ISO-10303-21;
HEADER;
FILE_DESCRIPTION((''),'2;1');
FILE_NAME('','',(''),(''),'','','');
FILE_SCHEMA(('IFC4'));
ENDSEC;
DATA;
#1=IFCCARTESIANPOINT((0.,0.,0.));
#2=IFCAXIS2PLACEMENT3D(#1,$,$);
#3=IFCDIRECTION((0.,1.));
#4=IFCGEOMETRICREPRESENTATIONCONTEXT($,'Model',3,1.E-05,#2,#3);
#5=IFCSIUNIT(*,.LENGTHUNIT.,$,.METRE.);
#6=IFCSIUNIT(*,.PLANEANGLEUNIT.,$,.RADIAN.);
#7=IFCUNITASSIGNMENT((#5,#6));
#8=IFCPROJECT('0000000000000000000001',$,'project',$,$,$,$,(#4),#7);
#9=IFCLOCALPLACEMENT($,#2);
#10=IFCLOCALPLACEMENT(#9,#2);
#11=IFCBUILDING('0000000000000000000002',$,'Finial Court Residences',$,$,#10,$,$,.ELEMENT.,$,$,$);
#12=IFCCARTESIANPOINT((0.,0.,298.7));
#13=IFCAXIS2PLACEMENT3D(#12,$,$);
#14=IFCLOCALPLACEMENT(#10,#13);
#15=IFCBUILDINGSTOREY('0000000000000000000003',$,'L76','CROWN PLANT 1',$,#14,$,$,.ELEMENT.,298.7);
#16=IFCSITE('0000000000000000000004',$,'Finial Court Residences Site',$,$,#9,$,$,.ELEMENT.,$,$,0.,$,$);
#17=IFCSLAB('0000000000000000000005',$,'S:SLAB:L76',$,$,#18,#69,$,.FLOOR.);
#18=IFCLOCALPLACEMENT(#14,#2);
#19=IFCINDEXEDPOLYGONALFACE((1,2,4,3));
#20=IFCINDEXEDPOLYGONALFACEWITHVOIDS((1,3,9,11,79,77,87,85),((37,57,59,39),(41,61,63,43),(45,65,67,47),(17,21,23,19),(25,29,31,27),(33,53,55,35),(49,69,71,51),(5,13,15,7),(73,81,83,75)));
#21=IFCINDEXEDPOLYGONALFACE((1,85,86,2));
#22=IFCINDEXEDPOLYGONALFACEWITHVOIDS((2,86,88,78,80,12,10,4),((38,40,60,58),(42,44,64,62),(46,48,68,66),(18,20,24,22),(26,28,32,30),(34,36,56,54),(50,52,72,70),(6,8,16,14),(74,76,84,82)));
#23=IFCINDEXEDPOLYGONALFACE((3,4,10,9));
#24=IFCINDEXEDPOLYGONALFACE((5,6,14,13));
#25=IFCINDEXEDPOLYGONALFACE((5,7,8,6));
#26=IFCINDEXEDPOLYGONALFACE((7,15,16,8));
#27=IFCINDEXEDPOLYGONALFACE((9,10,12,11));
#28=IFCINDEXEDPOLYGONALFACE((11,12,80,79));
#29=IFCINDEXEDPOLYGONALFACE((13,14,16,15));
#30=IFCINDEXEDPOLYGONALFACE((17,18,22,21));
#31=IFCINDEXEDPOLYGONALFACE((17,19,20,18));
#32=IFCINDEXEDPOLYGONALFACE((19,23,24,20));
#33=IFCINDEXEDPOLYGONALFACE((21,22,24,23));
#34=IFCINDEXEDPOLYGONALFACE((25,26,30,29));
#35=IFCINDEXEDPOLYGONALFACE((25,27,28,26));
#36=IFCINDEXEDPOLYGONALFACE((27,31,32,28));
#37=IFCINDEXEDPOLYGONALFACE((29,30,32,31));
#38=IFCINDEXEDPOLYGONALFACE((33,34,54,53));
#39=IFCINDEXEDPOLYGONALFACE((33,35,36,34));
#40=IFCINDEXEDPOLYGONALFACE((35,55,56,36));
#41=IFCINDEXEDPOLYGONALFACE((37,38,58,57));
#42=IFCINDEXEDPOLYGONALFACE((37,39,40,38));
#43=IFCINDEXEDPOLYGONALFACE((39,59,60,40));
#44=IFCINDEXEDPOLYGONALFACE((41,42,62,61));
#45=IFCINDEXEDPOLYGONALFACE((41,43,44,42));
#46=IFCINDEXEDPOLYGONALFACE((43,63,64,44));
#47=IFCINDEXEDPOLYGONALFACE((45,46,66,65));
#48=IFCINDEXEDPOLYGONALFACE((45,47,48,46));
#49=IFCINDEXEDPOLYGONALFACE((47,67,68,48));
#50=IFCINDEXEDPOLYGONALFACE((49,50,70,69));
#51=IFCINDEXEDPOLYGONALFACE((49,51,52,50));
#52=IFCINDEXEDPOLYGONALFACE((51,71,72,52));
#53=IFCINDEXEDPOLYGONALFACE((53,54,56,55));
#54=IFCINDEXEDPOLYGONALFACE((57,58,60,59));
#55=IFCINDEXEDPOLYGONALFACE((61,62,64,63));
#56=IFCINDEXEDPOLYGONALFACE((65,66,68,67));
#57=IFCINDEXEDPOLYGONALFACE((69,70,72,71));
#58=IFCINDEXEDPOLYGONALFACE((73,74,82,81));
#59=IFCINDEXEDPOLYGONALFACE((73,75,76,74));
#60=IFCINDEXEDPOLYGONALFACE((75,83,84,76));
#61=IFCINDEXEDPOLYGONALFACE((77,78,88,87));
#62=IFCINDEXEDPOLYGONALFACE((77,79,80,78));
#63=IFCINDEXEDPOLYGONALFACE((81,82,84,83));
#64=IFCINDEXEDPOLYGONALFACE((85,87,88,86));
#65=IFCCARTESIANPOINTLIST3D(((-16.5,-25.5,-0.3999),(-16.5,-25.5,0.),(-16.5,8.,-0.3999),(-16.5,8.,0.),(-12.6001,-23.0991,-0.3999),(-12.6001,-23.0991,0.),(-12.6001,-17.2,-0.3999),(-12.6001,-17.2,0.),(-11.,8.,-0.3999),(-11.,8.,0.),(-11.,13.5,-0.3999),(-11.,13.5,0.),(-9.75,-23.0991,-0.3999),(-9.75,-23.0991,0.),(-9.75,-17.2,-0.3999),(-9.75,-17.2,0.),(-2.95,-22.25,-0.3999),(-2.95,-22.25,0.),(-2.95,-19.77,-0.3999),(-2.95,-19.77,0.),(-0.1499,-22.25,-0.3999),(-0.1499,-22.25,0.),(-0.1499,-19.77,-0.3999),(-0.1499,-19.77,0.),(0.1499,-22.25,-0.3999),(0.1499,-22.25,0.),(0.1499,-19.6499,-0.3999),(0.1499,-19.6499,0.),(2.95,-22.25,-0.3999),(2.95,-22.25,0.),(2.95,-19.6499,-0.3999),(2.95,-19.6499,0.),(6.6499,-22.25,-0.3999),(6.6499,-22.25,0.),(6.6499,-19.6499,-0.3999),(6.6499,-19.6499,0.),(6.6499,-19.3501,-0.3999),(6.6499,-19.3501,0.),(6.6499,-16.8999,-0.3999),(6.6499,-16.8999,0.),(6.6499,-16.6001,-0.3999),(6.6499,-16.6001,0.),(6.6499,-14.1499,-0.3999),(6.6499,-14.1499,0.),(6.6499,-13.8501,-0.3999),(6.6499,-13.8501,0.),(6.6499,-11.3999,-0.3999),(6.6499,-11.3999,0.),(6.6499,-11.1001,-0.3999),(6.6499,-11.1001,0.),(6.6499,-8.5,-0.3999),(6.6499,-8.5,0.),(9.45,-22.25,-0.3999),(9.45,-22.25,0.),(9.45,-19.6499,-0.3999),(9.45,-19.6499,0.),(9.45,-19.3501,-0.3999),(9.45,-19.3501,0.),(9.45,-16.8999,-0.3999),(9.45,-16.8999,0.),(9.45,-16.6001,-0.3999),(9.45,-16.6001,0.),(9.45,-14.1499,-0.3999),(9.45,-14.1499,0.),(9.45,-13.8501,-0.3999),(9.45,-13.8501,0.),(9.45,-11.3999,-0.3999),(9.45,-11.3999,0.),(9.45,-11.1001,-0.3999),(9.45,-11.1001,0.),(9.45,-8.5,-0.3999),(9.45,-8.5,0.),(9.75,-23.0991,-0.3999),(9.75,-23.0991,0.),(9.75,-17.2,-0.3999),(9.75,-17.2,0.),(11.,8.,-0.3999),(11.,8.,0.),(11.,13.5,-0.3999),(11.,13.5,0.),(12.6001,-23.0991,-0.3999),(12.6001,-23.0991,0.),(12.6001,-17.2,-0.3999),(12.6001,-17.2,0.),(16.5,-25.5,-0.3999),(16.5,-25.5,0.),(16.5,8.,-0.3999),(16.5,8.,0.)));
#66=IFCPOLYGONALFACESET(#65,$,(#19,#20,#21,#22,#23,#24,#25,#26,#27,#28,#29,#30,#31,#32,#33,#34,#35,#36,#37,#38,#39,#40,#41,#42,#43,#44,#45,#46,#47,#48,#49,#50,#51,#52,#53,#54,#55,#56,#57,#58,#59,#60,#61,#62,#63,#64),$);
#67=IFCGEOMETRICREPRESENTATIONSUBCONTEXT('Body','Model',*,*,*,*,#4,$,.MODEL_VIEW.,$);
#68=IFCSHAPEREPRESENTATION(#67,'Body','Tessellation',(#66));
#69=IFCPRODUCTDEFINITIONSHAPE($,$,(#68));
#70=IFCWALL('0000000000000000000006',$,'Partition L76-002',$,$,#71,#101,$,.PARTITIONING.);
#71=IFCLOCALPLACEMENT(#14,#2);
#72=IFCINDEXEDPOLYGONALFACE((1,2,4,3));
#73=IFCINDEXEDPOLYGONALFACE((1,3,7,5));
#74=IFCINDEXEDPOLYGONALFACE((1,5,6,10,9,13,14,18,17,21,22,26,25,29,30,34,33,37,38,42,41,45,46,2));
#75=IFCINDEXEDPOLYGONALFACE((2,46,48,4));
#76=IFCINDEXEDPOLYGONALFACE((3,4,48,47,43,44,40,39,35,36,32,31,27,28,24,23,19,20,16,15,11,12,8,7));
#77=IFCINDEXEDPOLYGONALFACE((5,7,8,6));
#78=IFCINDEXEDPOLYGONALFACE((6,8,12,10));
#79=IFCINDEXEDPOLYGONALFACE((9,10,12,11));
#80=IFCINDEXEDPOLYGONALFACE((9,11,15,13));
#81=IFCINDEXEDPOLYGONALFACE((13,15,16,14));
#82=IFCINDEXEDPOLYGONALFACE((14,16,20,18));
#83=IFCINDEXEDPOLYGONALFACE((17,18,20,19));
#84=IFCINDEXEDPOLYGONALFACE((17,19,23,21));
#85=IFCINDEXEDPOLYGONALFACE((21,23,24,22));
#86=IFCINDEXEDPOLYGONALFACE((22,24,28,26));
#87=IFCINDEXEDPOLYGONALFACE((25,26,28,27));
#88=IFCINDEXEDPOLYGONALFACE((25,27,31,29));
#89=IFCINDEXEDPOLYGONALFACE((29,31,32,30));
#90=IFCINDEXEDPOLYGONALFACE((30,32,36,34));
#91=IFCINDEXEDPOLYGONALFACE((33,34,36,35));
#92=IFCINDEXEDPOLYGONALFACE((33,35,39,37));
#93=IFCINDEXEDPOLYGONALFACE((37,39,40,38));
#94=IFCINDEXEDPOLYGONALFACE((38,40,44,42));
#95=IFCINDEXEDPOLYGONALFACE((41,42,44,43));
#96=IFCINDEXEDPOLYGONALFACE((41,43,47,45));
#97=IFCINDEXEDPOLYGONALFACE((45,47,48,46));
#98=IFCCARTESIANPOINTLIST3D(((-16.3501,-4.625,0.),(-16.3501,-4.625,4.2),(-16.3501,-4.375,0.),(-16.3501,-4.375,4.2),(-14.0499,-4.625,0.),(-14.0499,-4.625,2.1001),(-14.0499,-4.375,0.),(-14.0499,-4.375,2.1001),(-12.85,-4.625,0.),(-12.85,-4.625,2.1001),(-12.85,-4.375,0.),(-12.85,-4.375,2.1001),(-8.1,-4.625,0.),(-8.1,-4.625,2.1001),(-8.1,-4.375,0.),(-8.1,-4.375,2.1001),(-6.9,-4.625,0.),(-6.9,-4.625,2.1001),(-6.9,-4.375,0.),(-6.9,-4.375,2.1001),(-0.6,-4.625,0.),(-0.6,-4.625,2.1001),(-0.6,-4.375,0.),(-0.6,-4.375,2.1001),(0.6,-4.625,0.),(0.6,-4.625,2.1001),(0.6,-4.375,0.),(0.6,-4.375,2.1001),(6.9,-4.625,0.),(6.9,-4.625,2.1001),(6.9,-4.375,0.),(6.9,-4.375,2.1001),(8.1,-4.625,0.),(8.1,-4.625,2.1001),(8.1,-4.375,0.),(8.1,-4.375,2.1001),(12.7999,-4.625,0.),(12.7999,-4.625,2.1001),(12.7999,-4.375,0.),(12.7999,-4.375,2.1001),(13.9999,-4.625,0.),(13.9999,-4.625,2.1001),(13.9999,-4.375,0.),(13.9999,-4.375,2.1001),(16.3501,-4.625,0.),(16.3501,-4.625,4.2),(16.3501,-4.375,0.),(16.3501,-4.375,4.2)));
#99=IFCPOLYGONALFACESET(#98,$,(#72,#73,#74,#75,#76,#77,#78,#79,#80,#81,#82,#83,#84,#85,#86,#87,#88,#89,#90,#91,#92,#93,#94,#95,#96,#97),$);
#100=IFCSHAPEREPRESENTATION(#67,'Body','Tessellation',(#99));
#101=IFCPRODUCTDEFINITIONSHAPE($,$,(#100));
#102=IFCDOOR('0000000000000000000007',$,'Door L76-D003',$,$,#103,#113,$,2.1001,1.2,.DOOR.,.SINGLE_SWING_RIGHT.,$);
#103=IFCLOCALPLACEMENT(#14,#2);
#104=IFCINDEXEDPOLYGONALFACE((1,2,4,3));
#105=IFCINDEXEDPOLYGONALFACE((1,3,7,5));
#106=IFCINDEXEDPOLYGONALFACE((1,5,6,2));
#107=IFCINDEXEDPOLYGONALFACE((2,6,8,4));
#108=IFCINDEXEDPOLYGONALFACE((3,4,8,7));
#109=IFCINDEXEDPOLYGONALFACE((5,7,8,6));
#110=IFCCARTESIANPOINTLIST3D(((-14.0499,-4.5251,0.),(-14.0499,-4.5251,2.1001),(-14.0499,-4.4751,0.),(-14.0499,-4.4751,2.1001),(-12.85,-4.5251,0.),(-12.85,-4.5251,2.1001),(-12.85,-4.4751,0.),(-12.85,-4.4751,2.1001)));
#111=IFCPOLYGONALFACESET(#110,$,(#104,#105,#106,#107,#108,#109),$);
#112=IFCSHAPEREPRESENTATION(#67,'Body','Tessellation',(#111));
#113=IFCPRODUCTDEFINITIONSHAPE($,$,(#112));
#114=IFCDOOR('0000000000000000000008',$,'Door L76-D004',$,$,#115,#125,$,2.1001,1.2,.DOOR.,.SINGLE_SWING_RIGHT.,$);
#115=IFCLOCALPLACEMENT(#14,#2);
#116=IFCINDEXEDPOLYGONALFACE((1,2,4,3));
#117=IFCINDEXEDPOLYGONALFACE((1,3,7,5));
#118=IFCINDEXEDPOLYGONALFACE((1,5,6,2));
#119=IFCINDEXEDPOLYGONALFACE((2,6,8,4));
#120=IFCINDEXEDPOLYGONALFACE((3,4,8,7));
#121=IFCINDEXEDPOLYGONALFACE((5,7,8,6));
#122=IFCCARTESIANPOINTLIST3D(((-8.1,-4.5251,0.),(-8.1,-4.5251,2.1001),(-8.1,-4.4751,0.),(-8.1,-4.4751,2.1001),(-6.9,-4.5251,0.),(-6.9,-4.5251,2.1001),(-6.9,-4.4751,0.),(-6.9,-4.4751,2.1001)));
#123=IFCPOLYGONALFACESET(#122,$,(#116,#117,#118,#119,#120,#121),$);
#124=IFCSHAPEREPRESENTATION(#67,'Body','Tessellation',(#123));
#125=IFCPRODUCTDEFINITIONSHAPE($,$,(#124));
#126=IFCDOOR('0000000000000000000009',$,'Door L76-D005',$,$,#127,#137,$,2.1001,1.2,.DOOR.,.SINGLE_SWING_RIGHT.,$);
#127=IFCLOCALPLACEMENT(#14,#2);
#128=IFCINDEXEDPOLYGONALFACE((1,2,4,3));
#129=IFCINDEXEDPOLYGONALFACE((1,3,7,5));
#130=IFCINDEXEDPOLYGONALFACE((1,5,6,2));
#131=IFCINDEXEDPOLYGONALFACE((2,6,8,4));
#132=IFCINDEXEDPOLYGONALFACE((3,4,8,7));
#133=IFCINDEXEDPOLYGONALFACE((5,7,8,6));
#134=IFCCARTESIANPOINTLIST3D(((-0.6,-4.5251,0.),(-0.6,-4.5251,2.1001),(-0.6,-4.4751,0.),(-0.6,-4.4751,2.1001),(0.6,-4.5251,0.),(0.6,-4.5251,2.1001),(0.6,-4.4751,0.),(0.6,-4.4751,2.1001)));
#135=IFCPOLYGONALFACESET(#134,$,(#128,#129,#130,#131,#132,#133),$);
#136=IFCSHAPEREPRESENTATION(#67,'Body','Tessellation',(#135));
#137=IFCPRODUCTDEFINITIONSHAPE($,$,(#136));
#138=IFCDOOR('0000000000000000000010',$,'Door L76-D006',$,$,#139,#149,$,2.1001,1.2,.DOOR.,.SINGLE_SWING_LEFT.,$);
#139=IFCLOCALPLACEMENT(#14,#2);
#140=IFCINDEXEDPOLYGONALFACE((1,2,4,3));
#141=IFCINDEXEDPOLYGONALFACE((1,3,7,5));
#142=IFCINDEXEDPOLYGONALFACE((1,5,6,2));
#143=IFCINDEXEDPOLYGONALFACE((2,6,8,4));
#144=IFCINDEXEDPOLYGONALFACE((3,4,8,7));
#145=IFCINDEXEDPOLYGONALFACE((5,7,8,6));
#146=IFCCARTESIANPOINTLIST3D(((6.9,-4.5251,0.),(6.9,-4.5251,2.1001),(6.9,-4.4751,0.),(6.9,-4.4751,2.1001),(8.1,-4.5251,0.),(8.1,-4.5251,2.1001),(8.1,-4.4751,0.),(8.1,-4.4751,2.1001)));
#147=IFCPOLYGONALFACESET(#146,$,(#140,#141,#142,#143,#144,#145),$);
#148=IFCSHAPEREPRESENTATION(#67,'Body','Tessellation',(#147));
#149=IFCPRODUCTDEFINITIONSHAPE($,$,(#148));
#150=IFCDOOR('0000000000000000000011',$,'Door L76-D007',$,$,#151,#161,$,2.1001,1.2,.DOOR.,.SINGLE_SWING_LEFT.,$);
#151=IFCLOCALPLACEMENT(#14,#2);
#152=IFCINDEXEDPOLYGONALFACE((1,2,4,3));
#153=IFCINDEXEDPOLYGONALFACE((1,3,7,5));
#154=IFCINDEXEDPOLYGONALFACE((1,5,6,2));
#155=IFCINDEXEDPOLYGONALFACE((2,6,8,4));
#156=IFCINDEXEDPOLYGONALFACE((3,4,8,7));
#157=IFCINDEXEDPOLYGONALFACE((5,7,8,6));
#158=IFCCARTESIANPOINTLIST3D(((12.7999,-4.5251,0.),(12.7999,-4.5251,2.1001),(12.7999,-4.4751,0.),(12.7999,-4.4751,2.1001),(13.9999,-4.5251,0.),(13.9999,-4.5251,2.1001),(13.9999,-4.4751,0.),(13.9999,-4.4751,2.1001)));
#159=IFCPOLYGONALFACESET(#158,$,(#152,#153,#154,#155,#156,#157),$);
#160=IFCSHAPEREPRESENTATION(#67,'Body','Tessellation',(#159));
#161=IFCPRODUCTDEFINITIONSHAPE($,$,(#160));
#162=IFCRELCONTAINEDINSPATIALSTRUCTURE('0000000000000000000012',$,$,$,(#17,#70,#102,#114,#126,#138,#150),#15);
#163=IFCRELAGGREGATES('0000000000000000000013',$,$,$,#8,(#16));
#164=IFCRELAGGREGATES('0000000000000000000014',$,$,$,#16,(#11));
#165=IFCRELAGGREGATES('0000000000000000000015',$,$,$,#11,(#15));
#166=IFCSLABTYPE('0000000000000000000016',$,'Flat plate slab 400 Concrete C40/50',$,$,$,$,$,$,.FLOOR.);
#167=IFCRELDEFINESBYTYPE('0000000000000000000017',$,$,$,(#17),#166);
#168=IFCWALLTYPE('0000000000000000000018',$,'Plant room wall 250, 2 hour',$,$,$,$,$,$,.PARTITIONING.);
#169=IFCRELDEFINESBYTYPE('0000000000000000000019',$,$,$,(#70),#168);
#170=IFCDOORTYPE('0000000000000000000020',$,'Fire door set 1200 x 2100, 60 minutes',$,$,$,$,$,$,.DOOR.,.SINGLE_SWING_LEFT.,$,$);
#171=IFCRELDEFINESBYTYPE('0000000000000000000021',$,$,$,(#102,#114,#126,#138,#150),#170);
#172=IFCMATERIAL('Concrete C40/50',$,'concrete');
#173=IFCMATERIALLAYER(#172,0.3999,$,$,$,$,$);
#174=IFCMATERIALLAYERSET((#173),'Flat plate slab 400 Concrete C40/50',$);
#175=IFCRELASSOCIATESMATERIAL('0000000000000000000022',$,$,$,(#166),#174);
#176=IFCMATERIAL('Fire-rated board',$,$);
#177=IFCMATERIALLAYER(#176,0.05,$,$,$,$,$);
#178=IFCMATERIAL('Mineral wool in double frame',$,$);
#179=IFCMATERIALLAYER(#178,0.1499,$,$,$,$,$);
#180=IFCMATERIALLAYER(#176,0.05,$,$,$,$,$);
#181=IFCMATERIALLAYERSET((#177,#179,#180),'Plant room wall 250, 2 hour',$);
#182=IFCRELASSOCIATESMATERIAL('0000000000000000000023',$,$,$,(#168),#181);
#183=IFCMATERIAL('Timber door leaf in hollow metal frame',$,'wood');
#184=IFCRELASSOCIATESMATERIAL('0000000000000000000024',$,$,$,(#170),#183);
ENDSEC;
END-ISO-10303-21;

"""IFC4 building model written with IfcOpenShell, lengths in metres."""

from ifc_helpers import new_model, si_unit, direction, frame, frame_2d, origin, place, context, subcontext, project, spatial, polyline, rectangle, outline, extrude, material, layer, layer_set, type_object, element, fill, save


model = new_model("IFC4")

# Units and contexts
model_context = context("Model", 3, precision=1e-05, world=origin(), true_north=direction((0.0, 1.0)))
body_context = subcontext(model_context, "Body", "Model", "MODEL_VIEW")
ifc_project = project(units=[si_unit("LENGTHUNIT", "METRE"), si_unit("PLANEANGLEUNIT", "RADIAN")], contexts=[model_context])

# Site, building, storey
site_placement = place(None, origin())
site = spatial("IfcSite", under=ifc_project, at=site_placement, Name="Finial Court Residences Site", CompositionType="ELEMENT", RefElevation=0.0)
building_placement = place(site_placement, origin())
building = spatial("IfcBuilding", under=site, at=building_placement, Name="Finial Court Residences", CompositionType="ELEMENT")
storey_placement = place(building_placement, frame((0.0, 0.0, 298.7)))
storey = spatial("IfcBuildingStorey", under=building, at=storey_placement, Name="L76", Description="CROWN PLANT 1", CompositionType="ELEMENT", Elevation=298.7)

# Shared definitions
ifc_material_1 = material(Name="Concrete C40/50", Category="concrete")

# Slab
ifc_layer_1 = layer(ifc_material_1, 0.3999)
ifc_layer_set_1 = layer_set([ifc_layer_1], Name="Flat plate slab 400 Concrete C40/50")
slab_type_1 = type_object("IfcSlabType", Name="Flat plate slab 400 Concrete C40/50", PredefinedType="FLOOR", material=ifc_layer_set_1)
slab_1_placement = place(storey_placement, frame((0.0, 0.0, -0.3999)))
element("IfcSlab", 1, at=slab_1_placement, inside=storey, type_object=slab_type_1, Name="S:SLAB:L76", PredefinedType="FLOOR", context=body_context, shape_type="SweptSolid", body=[
    extrude(outline(polyline([(-16.5, -25.5), (-16.5, 8.0), (-11.0, 8.0), (-11.0, 13.5), (11.0, 13.5), (11.0, 8.0), (16.5, 8.0), (16.5, -25.5), (-16.5, -25.5)]), holes=[polyline([(-0.1499, -19.77), (-2.95, -19.77), (-2.95, -22.25), (-0.1499, -22.25), (-0.1499, -19.77)]), polyline([(2.95, -19.6499), (0.1499, -19.6499), (0.1499, -22.25), (2.95, -22.25), (2.95, -19.6499)]), polyline([(9.45, -19.6499), (6.6499, -19.6499), (6.6499, -22.25), (9.45, -22.25), (9.45, -19.6499)]), polyline([(-12.6001, -17.2), (-12.6001, -23.0991), (-9.75, -23.0991), (-9.75, -17.2), (-12.6001, -17.2)]), polyline([(9.75, -17.2), (9.75, -23.0991), (12.6001, -23.0991), (12.6001, -17.2), (9.75, -17.2)]), polyline([(9.45, -16.8999), (6.6499, -16.8999), (6.6499, -19.3501), (9.45, -19.3501), (9.45, -16.8999)]), polyline([(9.45, -14.1499), (6.6499, -14.1499), (6.6499, -16.6001), (9.45, -16.6001), (9.45, -14.1499)]), polyline([(9.45, -13.8501), (9.45, -11.3999), (6.6499, -11.3999), (6.6499, -13.8501), (9.45, -13.8501)]), polyline([(9.45, -11.1001), (9.45, -8.5), (6.6499, -8.5), (6.6499, -11.1001), (9.45, -11.1001)])]), origin(), (0.0, 0.0, 1.0), 0.3999),
])

# Wall, openings, doors
ifc_material_2 = material(Name="Fire-rated board")
ifc_layer_2 = layer(ifc_material_2, 0.05)
ifc_material_3 = material(Name="Mineral wool in double frame")
ifc_layer_3 = layer(ifc_material_3, 0.1499)
ifc_layer_4 = layer(ifc_material_2, 0.05)
ifc_layer_set_2 = layer_set([ifc_layer_2, ifc_layer_3, ifc_layer_4], Name="Plant room wall 250, 2 hour")
wall_type_1 = type_object("IfcWallType", Name="Plant room wall 250, 2 hour", PredefinedType="PARTITIONING", material=ifc_layer_set_2)
wall_1_placement = place(storey_placement, frame((-16.3501, -4.5, 0.0), z_axis=(0.0, 0.0, 1.0), x_axis=(1.0, 0.0, 0.0)))
wall_1 = element("IfcWall", 2, at=wall_1_placement, inside=storey, type_object=wall_type_1, Name="Partition L76-002", PredefinedType="PARTITIONING", context=body_context, shape_type="SweptSolid", body=[
    extrude(rectangle(XDim=32.7002, YDim=0.25, at=frame_2d((16.3501, 0.0))), origin(), (0.0, 0.0, 1.0), 4.2),
])
opening_1_placement = place(wall_1_placement, frame((2.3, 0.0, 0.0)))
opening_1 = element("IfcOpeningElement", 3, at=opening_1_placement, cuts=wall_1, PredefinedType="OPENING", context=body_context, shape_type="SweptSolid", body=[
    extrude(rectangle(XDim=1.2, YDim=2.1001, at=frame_2d((0.6001, 1.05))), frame((0.0, 0.135, 0.0), z_axis=(0.0, -1.0, 0.0), x_axis=(1.0, 0.0, 0.0)), (0.0, 0.0, 1.0), 0.27),
])
opening_2_placement = place(wall_1_placement, frame((8.25, 0.0, 0.0)))
opening_2 = element("IfcOpeningElement", 4, at=opening_2_placement, cuts=wall_1, PredefinedType="OPENING", context=body_context, shape_type="SweptSolid", body=[
    extrude(rectangle(XDim=1.2, YDim=2.1001, at=frame_2d((0.6001, 1.05))), frame((0.0, 0.135, 0.0), z_axis=(0.0, -1.0, 0.0), x_axis=(1.0, 0.0, 0.0)), (0.0, 0.0, 1.0), 0.27),
])
opening_3_placement = place(wall_1_placement, frame((15.75, 0.0, 0.0)))
opening_3 = element("IfcOpeningElement", 5, at=opening_3_placement, cuts=wall_1, PredefinedType="OPENING", context=body_context, shape_type="SweptSolid", body=[
    extrude(rectangle(XDim=1.2, YDim=2.1001, at=frame_2d((0.6001, 1.05))), frame((0.0, 0.135, 0.0), z_axis=(0.0, -1.0, 0.0), x_axis=(1.0, 0.0, 0.0)), (0.0, 0.0, 1.0), 0.27),
])
opening_4_placement = place(wall_1_placement, frame((23.25, 0.0, 0.0)))
opening_4 = element("IfcOpeningElement", 6, at=opening_4_placement, cuts=wall_1, PredefinedType="OPENING", context=body_context, shape_type="SweptSolid", body=[
    extrude(rectangle(XDim=1.2, YDim=2.1001, at=frame_2d((0.6001, 1.05))), frame((0.0, 0.135, 0.0), z_axis=(0.0, -1.0, 0.0), x_axis=(1.0, 0.0, 0.0)), (0.0, 0.0, 1.0), 0.27),
])
opening_5_placement = place(wall_1_placement, frame((29.1499, 0.0, 0.0)))
opening_5 = element("IfcOpeningElement", 7, at=opening_5_placement, cuts=wall_1, PredefinedType="OPENING", context=body_context, shape_type="SweptSolid", body=[
    extrude(rectangle(XDim=1.2, YDim=2.1001, at=frame_2d((0.6001, 1.05))), frame((0.0, 0.135, 0.0), z_axis=(0.0, -1.0, 0.0), x_axis=(1.0, 0.0, 0.0)), (0.0, 0.0, 1.0), 0.27),
])
ifc_material_4 = material(Name="Timber door leaf in hollow metal frame", Category="wood")
door_type_1 = type_object("IfcDoorType", Name="Fire door set 1200 x 2100, 60 minutes", OperationType="SINGLE_SWING_LEFT", PredefinedType="DOOR", material=ifc_material_4)
door_1_placement = place(opening_1_placement, origin())
door_1 = element("IfcDoor", 8, at=door_1_placement, inside=storey, type_object=door_type_1, Name="Door L76-D003", OperationType="SINGLE_SWING_RIGHT", OverallHeight=2.1001, OverallWidth=1.2, PredefinedType="DOOR", context=body_context, shape_type="SweptSolid", body=[
    extrude(rectangle(XDim=1.2, YDim=2.1001, at=frame_2d((0.6001, 1.05))), frame((0.0, 0.0249, 0.0), z_axis=(0.0, -1.0, 0.0), x_axis=(1.0, 0.0, 0.0)), (0.0, 0.0, 1.0), 0.05),
])
fill(opening_1, door_1)
door_2_placement = place(opening_2_placement, origin())
door_2 = element("IfcDoor", 9, at=door_2_placement, inside=storey, type_object=door_type_1, Name="Door L76-D004", OperationType="SINGLE_SWING_RIGHT", OverallHeight=2.1001, OverallWidth=1.2, PredefinedType="DOOR", context=body_context, shape_type="SweptSolid", body=[
    extrude(rectangle(XDim=1.2, YDim=2.1001, at=frame_2d((0.6001, 1.05))), frame((0.0, 0.0249, 0.0), z_axis=(0.0, -1.0, 0.0), x_axis=(1.0, 0.0, 0.0)), (0.0, 0.0, 1.0), 0.05),
])
fill(opening_2, door_2)
door_3_placement = place(opening_3_placement, origin())
door_3 = element("IfcDoor", 10, at=door_3_placement, inside=storey, type_object=door_type_1, Name="Door L76-D005", OperationType="SINGLE_SWING_RIGHT", OverallHeight=2.1001, OverallWidth=1.2, PredefinedType="DOOR", context=body_context, shape_type="SweptSolid", body=[
    extrude(rectangle(XDim=1.2, YDim=2.1001, at=frame_2d((0.6001, 1.05))), frame((0.0, 0.0249, 0.0), z_axis=(0.0, -1.0, 0.0), x_axis=(1.0, 0.0, 0.0)), (0.0, 0.0, 1.0), 0.05),
])
fill(opening_3, door_3)
door_4_placement = place(opening_4_placement, origin())
door_4 = element("IfcDoor", 11, at=door_4_placement, inside=storey, type_object=door_type_1, Name="Door L76-D006", OperationType="SINGLE_SWING_LEFT", OverallHeight=2.1001, OverallWidth=1.2, PredefinedType="DOOR", context=body_context, shape_type="SweptSolid", body=[
    extrude(rectangle(XDim=1.2, YDim=2.1001, at=frame_2d((0.6001, 1.05))), frame((0.0, 0.0249, 0.0), z_axis=(0.0, -1.0, 0.0), x_axis=(1.0, 0.0, 0.0)), (0.0, 0.0, 1.0), 0.05),
])
fill(opening_4, door_4)
door_5_placement = place(opening_5_placement, origin())
door_5 = element("IfcDoor", 12, at=door_5_placement, inside=storey, type_object=door_type_1, Name="Door L76-D007", OperationType="SINGLE_SWING_LEFT", OverallHeight=2.1001, OverallWidth=1.2, PredefinedType="DOOR", context=body_context, shape_type="SweptSolid", body=[
    extrude(rectangle(XDim=1.2, YDim=2.1001, at=frame_2d((0.6001, 1.05))), frame((0.0, 0.0249, 0.0), z_axis=(0.0, -1.0, 0.0), x_axis=(1.0, 0.0, 0.0)), (0.0, 0.0, 1.0), 0.05),
])
fill(opening_5, door_5)

save(model, "model.ifc")
